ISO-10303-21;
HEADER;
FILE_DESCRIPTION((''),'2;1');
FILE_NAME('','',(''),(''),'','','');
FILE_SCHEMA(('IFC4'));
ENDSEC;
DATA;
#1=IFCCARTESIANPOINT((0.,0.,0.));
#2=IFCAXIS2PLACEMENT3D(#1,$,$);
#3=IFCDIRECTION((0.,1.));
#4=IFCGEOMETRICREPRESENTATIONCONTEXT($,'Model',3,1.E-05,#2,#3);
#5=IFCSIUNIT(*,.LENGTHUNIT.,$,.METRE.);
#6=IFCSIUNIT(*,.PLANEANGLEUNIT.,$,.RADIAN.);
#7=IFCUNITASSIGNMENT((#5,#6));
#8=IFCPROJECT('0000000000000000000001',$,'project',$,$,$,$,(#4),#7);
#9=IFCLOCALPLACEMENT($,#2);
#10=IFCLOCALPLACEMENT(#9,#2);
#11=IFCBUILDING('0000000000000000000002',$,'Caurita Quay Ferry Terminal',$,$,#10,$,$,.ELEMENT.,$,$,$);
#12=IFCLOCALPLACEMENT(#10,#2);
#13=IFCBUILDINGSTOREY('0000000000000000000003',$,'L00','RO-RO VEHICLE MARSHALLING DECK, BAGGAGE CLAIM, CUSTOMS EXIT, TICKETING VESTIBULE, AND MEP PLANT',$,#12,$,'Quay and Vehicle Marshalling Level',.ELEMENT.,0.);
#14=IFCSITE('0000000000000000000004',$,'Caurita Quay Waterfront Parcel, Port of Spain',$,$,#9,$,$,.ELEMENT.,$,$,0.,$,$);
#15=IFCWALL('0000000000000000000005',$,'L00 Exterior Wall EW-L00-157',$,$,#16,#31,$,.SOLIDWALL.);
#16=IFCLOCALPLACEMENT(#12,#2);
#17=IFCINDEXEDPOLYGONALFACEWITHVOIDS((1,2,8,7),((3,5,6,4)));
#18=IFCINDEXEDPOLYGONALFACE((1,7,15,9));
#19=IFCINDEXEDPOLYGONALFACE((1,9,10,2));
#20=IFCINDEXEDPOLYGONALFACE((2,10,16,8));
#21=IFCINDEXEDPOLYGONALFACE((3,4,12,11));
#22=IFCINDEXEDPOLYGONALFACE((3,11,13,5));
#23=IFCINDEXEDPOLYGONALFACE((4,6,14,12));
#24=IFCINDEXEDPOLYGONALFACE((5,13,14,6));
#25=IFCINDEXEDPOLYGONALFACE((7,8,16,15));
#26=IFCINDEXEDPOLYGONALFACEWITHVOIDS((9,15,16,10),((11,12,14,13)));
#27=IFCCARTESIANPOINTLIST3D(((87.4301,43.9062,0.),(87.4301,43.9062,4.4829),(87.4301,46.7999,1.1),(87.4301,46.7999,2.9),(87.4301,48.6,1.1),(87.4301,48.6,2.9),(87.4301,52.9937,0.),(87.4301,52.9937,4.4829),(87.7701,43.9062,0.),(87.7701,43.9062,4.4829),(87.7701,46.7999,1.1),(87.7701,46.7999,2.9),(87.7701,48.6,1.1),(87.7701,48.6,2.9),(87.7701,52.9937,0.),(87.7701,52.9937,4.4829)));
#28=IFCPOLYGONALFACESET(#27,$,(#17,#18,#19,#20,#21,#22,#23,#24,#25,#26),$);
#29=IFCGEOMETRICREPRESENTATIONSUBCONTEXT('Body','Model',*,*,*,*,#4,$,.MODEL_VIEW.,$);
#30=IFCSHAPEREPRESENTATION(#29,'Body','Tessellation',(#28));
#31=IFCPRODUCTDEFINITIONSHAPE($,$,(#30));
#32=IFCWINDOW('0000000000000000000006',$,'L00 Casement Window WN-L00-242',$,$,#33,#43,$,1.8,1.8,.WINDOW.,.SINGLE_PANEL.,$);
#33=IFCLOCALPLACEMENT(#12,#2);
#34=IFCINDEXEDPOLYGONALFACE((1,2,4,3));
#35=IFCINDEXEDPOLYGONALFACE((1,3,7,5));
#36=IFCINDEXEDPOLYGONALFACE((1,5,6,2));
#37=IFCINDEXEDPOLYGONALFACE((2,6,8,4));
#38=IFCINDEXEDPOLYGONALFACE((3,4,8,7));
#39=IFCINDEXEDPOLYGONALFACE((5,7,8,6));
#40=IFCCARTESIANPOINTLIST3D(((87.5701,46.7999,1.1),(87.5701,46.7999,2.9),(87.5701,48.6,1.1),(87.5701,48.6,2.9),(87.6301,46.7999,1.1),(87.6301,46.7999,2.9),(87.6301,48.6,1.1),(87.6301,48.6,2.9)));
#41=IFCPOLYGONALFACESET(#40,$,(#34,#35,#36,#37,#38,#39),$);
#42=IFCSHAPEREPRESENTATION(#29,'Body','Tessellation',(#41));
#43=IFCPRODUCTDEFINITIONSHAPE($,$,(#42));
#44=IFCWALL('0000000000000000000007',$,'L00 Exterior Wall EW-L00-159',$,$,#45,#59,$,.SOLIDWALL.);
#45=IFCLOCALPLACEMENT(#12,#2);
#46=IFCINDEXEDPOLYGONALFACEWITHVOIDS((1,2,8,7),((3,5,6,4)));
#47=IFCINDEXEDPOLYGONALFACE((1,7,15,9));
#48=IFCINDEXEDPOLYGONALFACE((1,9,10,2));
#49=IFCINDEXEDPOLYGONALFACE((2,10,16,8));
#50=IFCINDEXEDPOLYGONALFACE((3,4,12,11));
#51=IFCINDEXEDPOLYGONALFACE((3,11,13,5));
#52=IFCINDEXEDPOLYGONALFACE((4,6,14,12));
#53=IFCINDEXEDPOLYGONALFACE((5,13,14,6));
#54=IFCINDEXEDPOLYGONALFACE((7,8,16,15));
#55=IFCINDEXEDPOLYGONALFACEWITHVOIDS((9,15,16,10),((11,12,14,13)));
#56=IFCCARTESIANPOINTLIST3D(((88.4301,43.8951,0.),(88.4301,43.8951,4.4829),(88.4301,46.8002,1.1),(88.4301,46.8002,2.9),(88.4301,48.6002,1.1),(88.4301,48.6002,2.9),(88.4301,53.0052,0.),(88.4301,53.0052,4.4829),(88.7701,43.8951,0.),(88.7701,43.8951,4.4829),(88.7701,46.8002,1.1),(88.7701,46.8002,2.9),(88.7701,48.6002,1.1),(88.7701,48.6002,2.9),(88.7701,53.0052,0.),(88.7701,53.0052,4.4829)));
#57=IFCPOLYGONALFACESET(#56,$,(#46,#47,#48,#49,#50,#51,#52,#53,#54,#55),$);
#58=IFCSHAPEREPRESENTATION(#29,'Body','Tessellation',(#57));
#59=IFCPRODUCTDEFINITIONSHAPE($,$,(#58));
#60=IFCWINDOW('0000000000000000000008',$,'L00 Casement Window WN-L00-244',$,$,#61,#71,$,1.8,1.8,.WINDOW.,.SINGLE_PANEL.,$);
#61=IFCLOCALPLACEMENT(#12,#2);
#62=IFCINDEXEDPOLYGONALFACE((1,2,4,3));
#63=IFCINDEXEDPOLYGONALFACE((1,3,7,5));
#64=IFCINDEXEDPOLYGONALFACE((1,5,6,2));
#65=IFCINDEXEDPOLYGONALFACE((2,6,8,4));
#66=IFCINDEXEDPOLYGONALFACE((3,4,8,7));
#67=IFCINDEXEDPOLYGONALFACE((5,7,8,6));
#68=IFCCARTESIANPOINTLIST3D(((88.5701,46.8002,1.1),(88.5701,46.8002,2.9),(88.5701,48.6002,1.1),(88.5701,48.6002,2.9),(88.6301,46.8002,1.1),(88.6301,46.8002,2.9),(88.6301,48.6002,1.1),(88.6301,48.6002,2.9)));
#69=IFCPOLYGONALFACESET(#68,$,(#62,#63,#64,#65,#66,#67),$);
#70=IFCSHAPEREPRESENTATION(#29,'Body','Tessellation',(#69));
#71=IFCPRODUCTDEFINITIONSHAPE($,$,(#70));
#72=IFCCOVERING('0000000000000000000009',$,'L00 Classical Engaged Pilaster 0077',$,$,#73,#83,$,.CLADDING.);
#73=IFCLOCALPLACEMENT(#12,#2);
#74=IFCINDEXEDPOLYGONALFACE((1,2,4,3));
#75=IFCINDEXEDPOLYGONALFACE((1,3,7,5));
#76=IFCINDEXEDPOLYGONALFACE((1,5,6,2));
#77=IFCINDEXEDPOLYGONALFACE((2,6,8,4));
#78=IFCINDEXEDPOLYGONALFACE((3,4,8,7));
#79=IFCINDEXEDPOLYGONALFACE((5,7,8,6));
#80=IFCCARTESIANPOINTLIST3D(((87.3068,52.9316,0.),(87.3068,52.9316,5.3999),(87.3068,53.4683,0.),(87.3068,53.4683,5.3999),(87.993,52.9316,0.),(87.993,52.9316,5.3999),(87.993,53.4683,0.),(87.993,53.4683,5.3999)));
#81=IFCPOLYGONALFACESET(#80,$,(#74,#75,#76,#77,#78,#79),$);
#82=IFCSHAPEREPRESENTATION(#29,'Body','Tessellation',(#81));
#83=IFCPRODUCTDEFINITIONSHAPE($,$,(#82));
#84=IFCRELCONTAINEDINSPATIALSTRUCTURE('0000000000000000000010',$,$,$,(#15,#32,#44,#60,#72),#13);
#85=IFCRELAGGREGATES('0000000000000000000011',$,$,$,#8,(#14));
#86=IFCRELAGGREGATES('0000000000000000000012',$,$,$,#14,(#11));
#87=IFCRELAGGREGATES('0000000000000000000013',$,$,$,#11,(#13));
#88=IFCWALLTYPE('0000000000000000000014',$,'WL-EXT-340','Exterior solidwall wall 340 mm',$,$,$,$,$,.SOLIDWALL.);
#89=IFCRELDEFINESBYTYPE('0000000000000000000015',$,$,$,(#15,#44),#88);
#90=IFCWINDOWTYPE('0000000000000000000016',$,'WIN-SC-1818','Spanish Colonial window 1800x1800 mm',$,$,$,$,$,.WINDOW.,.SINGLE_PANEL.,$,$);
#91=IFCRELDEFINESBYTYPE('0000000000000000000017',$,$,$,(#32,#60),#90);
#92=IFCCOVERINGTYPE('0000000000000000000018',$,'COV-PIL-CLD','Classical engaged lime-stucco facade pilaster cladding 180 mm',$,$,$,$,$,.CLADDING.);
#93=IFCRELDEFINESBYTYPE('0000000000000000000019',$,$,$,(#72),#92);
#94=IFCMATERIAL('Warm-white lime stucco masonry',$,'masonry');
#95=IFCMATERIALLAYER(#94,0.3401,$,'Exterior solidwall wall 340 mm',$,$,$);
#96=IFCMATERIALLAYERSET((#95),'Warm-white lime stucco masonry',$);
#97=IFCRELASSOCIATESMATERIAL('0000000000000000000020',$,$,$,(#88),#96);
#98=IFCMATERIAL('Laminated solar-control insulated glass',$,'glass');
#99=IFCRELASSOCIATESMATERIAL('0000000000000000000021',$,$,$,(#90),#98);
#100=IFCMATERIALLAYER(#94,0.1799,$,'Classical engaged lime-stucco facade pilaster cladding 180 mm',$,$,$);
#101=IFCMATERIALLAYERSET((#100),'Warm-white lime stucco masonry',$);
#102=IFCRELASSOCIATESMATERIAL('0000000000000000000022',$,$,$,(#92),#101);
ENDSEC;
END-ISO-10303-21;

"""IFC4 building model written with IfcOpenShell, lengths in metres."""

from ifc_helpers import new_model, si_unit, direction, frame, frame_2d, origin, origin_2d, place, context, subcontext, project, spatial, rectangle, extrude, material, layer, layer_set, type_object, element, fill, save


model = new_model("IFC4")

# Units and contexts
model_context = context("Model", 3, precision=1e-05, world=origin(), true_north=direction((0.0, 1.0)))
body_context = subcontext(model_context, "Body", "Model", "MODEL_VIEW")
ifc_project = project(units=[si_unit("LENGTHUNIT", "METRE"), si_unit("PLANEANGLEUNIT", "RADIAN")], contexts=[model_context])

# Site, building, storey
site_placement = place(None, origin())
site = spatial("IfcSite", under=ifc_project, at=site_placement, Name="Caurita Quay Waterfront Parcel, Port of Spain", CompositionType="ELEMENT", RefElevation=0.0)
building_placement = place(site_placement, origin())
building = spatial("IfcBuilding", under=site, at=building_placement, Name="Caurita Quay Ferry Terminal", CompositionType="ELEMENT")
storey_placement = place(building_placement, origin())
storey = spatial("IfcBuildingStorey", under=building, at=storey_placement, Name="L00", Description="RO-RO VEHICLE MARSHALLING DECK, BAGGAGE CLAIM, CUSTOMS EXIT, TICKETING VESTIBULE, AND MEP PLANT", LongName="Quay and Vehicle Marshalling Level", CompositionType="ELEMENT", Elevation=0.0)

# Walls, openings, windows
ifc_material_1 = material(Name="Warm-white lime stucco masonry", Category="masonry")
ifc_layer_1 = layer(ifc_material_1, 0.3401, Name="Exterior solidwall wall 340 mm")
ifc_layer_set_1 = layer_set([ifc_layer_1], Name="Warm-white lime stucco masonry")
wall_type = type_object("IfcWallType", Name="WL-EXT-340", Description="Exterior solidwall wall 340 mm", PredefinedType="SOLIDWALL", material=ifc_layer_set_1)
wall_1_placement = place(storey_placement, frame((87.6001, 43.9062, 0.0), z_axis=(0.0, 0.0, 1.0), x_axis=(0.0, 1.0, 0.0)))
wall_1 = element("IfcWall", 1, at=wall_1_placement, inside=storey, type_object=wall_type, Name="L00 Exterior Wall EW-L00-157", PredefinedType="SOLIDWALL", context=body_context, shape_type="SweptSolid", body=[
    extrude(rectangle(XDim=9.0874, YDim=0.3401, at=frame_2d((4.5437, 0.0))), origin(), (0.0, 0.0, 1.0), 4.4829),
])
opening_1_placement = place(wall_1_placement, frame((2.8938, 0.0, 1.1001)))
opening_1 = element("IfcOpeningElement", 2, at=opening_1_placement, cuts=wall_1, PredefinedType="OPENING", context=body_context, shape_type="SweptSolid", body=[
    extrude(rectangle(XDim=1.8, YDim=1.8, at=frame_2d((0.8999, 0.8999))), frame((0.0, 0.1799, 0.0), z_axis=(0.0, -1.0, 0.0), x_axis=(1.0, 0.0, 0.0)), (0.0, 0.0, 1.0), 0.3601),
])
ifc_material_2 = material(Name="Laminated solar-control insulated glass", Category="glass")
window_type = type_object("IfcWindowType", Name="WIN-SC-1818", Description="Spanish Colonial window 1800x1800 mm", PartitioningType="SINGLE_PANEL", PredefinedType="WINDOW", material=ifc_material_2)
window_1_placement = place(opening_1_placement, origin())
window_1 = element("IfcWindow", 3, at=window_1_placement, inside=storey, type_object=window_type, Name="L00 Casement Window WN-L00-242", OverallHeight=1.8, OverallWidth=1.8, PartitioningType="SINGLE_PANEL", PredefinedType="WINDOW", context=body_context, shape_type="SweptSolid", body=[
    extrude(rectangle(XDim=1.8, YDim=1.8, at=frame_2d((0.8999, 0.8999))), frame((0.0, 0.03, 0.0), z_axis=(0.0, -1.0, 0.0), x_axis=(1.0, 0.0, 0.0)), (0.0, 0.0, 1.0), 0.0601),
])
fill(opening_1, window_1)
wall_2_placement = place(storey_placement, frame((88.6001, 43.895, 0.0), z_axis=(0.0, 0.0, 1.0), x_axis=(0.0, 1.0, 0.0)))
wall_2 = element("IfcWall", 4, at=wall_2_placement, inside=storey, type_object=wall_type, Name="L00 Exterior Wall EW-L00-159", PredefinedType="SOLIDWALL", context=body_context, shape_type="SweptSolid", body=[
    extrude(rectangle(XDim=9.1101, YDim=0.3401, at=frame_2d((4.5552, 0.0))), origin(), (0.0, 0.0, 1.0), 4.4829),
])
opening_2_placement = place(wall_2_placement, frame((2.9053, 0.0, 1.1001)))
opening_2 = element("IfcOpeningElement", 5, at=opening_2_placement, cuts=wall_2, PredefinedType="OPENING", context=body_context, shape_type="SweptSolid", body=[
    extrude(rectangle(XDim=1.8, YDim=1.8, at=frame_2d((0.8999, 0.8999))), frame((0.0, 0.1799, 0.0), z_axis=(0.0, -1.0, 0.0), x_axis=(1.0, 0.0, 0.0)), (0.0, 0.0, 1.0), 0.3601),
])
window_2_placement = place(opening_2_placement, origin())
window_2 = element("IfcWindow", 6, at=window_2_placement, inside=storey, type_object=window_type, Name="L00 Casement Window WN-L00-244", OverallHeight=1.8, OverallWidth=1.8, PartitioningType="SINGLE_PANEL", PredefinedType="WINDOW", context=body_context, shape_type="SweptSolid", body=[
    extrude(rectangle(XDim=1.8, YDim=1.8, at=frame_2d((0.8999, 0.8999))), frame((0.0, 0.03, 0.0), z_axis=(0.0, -1.0, 0.0), x_axis=(1.0, 0.0, 0.0)), (0.0, 0.0, 1.0), 0.0601),
])
fill(opening_2, window_2)

# Covering
ifc_layer_2 = layer(ifc_material_1, 0.1799, Name="Classical engaged lime-stucco facade pilaster cladding 180 mm")
ifc_layer_set_2 = layer_set([ifc_layer_2], Name="Warm-white lime stucco masonry")
covering_type = type_object("IfcCoveringType", Name="COV-PIL-CLD", Description="Classical engaged lime-stucco facade pilaster cladding 180 mm", PredefinedType="CLADDING", material=ifc_layer_set_2)
covering_placement = place(storey_placement, frame((87.6499, 53.2, 0.0), z_axis=(0.0, 0.0, 1.0), x_axis=(1.0, 0.0, 0.0)))
element("IfcCovering", 7, at=covering_placement, inside=storey, type_object=covering_type, Name="L00 Classical Engaged Pilaster 0077", PredefinedType="CLADDING", context=body_context, shape_type="SweptSolid", body=[
    extrude(rectangle(XDim=0.6863, YDim=0.5366, at=origin_2d()), origin(), (0.0, 0.0, 1.0), 5.3999),
])

save(model, "model.ifc")
